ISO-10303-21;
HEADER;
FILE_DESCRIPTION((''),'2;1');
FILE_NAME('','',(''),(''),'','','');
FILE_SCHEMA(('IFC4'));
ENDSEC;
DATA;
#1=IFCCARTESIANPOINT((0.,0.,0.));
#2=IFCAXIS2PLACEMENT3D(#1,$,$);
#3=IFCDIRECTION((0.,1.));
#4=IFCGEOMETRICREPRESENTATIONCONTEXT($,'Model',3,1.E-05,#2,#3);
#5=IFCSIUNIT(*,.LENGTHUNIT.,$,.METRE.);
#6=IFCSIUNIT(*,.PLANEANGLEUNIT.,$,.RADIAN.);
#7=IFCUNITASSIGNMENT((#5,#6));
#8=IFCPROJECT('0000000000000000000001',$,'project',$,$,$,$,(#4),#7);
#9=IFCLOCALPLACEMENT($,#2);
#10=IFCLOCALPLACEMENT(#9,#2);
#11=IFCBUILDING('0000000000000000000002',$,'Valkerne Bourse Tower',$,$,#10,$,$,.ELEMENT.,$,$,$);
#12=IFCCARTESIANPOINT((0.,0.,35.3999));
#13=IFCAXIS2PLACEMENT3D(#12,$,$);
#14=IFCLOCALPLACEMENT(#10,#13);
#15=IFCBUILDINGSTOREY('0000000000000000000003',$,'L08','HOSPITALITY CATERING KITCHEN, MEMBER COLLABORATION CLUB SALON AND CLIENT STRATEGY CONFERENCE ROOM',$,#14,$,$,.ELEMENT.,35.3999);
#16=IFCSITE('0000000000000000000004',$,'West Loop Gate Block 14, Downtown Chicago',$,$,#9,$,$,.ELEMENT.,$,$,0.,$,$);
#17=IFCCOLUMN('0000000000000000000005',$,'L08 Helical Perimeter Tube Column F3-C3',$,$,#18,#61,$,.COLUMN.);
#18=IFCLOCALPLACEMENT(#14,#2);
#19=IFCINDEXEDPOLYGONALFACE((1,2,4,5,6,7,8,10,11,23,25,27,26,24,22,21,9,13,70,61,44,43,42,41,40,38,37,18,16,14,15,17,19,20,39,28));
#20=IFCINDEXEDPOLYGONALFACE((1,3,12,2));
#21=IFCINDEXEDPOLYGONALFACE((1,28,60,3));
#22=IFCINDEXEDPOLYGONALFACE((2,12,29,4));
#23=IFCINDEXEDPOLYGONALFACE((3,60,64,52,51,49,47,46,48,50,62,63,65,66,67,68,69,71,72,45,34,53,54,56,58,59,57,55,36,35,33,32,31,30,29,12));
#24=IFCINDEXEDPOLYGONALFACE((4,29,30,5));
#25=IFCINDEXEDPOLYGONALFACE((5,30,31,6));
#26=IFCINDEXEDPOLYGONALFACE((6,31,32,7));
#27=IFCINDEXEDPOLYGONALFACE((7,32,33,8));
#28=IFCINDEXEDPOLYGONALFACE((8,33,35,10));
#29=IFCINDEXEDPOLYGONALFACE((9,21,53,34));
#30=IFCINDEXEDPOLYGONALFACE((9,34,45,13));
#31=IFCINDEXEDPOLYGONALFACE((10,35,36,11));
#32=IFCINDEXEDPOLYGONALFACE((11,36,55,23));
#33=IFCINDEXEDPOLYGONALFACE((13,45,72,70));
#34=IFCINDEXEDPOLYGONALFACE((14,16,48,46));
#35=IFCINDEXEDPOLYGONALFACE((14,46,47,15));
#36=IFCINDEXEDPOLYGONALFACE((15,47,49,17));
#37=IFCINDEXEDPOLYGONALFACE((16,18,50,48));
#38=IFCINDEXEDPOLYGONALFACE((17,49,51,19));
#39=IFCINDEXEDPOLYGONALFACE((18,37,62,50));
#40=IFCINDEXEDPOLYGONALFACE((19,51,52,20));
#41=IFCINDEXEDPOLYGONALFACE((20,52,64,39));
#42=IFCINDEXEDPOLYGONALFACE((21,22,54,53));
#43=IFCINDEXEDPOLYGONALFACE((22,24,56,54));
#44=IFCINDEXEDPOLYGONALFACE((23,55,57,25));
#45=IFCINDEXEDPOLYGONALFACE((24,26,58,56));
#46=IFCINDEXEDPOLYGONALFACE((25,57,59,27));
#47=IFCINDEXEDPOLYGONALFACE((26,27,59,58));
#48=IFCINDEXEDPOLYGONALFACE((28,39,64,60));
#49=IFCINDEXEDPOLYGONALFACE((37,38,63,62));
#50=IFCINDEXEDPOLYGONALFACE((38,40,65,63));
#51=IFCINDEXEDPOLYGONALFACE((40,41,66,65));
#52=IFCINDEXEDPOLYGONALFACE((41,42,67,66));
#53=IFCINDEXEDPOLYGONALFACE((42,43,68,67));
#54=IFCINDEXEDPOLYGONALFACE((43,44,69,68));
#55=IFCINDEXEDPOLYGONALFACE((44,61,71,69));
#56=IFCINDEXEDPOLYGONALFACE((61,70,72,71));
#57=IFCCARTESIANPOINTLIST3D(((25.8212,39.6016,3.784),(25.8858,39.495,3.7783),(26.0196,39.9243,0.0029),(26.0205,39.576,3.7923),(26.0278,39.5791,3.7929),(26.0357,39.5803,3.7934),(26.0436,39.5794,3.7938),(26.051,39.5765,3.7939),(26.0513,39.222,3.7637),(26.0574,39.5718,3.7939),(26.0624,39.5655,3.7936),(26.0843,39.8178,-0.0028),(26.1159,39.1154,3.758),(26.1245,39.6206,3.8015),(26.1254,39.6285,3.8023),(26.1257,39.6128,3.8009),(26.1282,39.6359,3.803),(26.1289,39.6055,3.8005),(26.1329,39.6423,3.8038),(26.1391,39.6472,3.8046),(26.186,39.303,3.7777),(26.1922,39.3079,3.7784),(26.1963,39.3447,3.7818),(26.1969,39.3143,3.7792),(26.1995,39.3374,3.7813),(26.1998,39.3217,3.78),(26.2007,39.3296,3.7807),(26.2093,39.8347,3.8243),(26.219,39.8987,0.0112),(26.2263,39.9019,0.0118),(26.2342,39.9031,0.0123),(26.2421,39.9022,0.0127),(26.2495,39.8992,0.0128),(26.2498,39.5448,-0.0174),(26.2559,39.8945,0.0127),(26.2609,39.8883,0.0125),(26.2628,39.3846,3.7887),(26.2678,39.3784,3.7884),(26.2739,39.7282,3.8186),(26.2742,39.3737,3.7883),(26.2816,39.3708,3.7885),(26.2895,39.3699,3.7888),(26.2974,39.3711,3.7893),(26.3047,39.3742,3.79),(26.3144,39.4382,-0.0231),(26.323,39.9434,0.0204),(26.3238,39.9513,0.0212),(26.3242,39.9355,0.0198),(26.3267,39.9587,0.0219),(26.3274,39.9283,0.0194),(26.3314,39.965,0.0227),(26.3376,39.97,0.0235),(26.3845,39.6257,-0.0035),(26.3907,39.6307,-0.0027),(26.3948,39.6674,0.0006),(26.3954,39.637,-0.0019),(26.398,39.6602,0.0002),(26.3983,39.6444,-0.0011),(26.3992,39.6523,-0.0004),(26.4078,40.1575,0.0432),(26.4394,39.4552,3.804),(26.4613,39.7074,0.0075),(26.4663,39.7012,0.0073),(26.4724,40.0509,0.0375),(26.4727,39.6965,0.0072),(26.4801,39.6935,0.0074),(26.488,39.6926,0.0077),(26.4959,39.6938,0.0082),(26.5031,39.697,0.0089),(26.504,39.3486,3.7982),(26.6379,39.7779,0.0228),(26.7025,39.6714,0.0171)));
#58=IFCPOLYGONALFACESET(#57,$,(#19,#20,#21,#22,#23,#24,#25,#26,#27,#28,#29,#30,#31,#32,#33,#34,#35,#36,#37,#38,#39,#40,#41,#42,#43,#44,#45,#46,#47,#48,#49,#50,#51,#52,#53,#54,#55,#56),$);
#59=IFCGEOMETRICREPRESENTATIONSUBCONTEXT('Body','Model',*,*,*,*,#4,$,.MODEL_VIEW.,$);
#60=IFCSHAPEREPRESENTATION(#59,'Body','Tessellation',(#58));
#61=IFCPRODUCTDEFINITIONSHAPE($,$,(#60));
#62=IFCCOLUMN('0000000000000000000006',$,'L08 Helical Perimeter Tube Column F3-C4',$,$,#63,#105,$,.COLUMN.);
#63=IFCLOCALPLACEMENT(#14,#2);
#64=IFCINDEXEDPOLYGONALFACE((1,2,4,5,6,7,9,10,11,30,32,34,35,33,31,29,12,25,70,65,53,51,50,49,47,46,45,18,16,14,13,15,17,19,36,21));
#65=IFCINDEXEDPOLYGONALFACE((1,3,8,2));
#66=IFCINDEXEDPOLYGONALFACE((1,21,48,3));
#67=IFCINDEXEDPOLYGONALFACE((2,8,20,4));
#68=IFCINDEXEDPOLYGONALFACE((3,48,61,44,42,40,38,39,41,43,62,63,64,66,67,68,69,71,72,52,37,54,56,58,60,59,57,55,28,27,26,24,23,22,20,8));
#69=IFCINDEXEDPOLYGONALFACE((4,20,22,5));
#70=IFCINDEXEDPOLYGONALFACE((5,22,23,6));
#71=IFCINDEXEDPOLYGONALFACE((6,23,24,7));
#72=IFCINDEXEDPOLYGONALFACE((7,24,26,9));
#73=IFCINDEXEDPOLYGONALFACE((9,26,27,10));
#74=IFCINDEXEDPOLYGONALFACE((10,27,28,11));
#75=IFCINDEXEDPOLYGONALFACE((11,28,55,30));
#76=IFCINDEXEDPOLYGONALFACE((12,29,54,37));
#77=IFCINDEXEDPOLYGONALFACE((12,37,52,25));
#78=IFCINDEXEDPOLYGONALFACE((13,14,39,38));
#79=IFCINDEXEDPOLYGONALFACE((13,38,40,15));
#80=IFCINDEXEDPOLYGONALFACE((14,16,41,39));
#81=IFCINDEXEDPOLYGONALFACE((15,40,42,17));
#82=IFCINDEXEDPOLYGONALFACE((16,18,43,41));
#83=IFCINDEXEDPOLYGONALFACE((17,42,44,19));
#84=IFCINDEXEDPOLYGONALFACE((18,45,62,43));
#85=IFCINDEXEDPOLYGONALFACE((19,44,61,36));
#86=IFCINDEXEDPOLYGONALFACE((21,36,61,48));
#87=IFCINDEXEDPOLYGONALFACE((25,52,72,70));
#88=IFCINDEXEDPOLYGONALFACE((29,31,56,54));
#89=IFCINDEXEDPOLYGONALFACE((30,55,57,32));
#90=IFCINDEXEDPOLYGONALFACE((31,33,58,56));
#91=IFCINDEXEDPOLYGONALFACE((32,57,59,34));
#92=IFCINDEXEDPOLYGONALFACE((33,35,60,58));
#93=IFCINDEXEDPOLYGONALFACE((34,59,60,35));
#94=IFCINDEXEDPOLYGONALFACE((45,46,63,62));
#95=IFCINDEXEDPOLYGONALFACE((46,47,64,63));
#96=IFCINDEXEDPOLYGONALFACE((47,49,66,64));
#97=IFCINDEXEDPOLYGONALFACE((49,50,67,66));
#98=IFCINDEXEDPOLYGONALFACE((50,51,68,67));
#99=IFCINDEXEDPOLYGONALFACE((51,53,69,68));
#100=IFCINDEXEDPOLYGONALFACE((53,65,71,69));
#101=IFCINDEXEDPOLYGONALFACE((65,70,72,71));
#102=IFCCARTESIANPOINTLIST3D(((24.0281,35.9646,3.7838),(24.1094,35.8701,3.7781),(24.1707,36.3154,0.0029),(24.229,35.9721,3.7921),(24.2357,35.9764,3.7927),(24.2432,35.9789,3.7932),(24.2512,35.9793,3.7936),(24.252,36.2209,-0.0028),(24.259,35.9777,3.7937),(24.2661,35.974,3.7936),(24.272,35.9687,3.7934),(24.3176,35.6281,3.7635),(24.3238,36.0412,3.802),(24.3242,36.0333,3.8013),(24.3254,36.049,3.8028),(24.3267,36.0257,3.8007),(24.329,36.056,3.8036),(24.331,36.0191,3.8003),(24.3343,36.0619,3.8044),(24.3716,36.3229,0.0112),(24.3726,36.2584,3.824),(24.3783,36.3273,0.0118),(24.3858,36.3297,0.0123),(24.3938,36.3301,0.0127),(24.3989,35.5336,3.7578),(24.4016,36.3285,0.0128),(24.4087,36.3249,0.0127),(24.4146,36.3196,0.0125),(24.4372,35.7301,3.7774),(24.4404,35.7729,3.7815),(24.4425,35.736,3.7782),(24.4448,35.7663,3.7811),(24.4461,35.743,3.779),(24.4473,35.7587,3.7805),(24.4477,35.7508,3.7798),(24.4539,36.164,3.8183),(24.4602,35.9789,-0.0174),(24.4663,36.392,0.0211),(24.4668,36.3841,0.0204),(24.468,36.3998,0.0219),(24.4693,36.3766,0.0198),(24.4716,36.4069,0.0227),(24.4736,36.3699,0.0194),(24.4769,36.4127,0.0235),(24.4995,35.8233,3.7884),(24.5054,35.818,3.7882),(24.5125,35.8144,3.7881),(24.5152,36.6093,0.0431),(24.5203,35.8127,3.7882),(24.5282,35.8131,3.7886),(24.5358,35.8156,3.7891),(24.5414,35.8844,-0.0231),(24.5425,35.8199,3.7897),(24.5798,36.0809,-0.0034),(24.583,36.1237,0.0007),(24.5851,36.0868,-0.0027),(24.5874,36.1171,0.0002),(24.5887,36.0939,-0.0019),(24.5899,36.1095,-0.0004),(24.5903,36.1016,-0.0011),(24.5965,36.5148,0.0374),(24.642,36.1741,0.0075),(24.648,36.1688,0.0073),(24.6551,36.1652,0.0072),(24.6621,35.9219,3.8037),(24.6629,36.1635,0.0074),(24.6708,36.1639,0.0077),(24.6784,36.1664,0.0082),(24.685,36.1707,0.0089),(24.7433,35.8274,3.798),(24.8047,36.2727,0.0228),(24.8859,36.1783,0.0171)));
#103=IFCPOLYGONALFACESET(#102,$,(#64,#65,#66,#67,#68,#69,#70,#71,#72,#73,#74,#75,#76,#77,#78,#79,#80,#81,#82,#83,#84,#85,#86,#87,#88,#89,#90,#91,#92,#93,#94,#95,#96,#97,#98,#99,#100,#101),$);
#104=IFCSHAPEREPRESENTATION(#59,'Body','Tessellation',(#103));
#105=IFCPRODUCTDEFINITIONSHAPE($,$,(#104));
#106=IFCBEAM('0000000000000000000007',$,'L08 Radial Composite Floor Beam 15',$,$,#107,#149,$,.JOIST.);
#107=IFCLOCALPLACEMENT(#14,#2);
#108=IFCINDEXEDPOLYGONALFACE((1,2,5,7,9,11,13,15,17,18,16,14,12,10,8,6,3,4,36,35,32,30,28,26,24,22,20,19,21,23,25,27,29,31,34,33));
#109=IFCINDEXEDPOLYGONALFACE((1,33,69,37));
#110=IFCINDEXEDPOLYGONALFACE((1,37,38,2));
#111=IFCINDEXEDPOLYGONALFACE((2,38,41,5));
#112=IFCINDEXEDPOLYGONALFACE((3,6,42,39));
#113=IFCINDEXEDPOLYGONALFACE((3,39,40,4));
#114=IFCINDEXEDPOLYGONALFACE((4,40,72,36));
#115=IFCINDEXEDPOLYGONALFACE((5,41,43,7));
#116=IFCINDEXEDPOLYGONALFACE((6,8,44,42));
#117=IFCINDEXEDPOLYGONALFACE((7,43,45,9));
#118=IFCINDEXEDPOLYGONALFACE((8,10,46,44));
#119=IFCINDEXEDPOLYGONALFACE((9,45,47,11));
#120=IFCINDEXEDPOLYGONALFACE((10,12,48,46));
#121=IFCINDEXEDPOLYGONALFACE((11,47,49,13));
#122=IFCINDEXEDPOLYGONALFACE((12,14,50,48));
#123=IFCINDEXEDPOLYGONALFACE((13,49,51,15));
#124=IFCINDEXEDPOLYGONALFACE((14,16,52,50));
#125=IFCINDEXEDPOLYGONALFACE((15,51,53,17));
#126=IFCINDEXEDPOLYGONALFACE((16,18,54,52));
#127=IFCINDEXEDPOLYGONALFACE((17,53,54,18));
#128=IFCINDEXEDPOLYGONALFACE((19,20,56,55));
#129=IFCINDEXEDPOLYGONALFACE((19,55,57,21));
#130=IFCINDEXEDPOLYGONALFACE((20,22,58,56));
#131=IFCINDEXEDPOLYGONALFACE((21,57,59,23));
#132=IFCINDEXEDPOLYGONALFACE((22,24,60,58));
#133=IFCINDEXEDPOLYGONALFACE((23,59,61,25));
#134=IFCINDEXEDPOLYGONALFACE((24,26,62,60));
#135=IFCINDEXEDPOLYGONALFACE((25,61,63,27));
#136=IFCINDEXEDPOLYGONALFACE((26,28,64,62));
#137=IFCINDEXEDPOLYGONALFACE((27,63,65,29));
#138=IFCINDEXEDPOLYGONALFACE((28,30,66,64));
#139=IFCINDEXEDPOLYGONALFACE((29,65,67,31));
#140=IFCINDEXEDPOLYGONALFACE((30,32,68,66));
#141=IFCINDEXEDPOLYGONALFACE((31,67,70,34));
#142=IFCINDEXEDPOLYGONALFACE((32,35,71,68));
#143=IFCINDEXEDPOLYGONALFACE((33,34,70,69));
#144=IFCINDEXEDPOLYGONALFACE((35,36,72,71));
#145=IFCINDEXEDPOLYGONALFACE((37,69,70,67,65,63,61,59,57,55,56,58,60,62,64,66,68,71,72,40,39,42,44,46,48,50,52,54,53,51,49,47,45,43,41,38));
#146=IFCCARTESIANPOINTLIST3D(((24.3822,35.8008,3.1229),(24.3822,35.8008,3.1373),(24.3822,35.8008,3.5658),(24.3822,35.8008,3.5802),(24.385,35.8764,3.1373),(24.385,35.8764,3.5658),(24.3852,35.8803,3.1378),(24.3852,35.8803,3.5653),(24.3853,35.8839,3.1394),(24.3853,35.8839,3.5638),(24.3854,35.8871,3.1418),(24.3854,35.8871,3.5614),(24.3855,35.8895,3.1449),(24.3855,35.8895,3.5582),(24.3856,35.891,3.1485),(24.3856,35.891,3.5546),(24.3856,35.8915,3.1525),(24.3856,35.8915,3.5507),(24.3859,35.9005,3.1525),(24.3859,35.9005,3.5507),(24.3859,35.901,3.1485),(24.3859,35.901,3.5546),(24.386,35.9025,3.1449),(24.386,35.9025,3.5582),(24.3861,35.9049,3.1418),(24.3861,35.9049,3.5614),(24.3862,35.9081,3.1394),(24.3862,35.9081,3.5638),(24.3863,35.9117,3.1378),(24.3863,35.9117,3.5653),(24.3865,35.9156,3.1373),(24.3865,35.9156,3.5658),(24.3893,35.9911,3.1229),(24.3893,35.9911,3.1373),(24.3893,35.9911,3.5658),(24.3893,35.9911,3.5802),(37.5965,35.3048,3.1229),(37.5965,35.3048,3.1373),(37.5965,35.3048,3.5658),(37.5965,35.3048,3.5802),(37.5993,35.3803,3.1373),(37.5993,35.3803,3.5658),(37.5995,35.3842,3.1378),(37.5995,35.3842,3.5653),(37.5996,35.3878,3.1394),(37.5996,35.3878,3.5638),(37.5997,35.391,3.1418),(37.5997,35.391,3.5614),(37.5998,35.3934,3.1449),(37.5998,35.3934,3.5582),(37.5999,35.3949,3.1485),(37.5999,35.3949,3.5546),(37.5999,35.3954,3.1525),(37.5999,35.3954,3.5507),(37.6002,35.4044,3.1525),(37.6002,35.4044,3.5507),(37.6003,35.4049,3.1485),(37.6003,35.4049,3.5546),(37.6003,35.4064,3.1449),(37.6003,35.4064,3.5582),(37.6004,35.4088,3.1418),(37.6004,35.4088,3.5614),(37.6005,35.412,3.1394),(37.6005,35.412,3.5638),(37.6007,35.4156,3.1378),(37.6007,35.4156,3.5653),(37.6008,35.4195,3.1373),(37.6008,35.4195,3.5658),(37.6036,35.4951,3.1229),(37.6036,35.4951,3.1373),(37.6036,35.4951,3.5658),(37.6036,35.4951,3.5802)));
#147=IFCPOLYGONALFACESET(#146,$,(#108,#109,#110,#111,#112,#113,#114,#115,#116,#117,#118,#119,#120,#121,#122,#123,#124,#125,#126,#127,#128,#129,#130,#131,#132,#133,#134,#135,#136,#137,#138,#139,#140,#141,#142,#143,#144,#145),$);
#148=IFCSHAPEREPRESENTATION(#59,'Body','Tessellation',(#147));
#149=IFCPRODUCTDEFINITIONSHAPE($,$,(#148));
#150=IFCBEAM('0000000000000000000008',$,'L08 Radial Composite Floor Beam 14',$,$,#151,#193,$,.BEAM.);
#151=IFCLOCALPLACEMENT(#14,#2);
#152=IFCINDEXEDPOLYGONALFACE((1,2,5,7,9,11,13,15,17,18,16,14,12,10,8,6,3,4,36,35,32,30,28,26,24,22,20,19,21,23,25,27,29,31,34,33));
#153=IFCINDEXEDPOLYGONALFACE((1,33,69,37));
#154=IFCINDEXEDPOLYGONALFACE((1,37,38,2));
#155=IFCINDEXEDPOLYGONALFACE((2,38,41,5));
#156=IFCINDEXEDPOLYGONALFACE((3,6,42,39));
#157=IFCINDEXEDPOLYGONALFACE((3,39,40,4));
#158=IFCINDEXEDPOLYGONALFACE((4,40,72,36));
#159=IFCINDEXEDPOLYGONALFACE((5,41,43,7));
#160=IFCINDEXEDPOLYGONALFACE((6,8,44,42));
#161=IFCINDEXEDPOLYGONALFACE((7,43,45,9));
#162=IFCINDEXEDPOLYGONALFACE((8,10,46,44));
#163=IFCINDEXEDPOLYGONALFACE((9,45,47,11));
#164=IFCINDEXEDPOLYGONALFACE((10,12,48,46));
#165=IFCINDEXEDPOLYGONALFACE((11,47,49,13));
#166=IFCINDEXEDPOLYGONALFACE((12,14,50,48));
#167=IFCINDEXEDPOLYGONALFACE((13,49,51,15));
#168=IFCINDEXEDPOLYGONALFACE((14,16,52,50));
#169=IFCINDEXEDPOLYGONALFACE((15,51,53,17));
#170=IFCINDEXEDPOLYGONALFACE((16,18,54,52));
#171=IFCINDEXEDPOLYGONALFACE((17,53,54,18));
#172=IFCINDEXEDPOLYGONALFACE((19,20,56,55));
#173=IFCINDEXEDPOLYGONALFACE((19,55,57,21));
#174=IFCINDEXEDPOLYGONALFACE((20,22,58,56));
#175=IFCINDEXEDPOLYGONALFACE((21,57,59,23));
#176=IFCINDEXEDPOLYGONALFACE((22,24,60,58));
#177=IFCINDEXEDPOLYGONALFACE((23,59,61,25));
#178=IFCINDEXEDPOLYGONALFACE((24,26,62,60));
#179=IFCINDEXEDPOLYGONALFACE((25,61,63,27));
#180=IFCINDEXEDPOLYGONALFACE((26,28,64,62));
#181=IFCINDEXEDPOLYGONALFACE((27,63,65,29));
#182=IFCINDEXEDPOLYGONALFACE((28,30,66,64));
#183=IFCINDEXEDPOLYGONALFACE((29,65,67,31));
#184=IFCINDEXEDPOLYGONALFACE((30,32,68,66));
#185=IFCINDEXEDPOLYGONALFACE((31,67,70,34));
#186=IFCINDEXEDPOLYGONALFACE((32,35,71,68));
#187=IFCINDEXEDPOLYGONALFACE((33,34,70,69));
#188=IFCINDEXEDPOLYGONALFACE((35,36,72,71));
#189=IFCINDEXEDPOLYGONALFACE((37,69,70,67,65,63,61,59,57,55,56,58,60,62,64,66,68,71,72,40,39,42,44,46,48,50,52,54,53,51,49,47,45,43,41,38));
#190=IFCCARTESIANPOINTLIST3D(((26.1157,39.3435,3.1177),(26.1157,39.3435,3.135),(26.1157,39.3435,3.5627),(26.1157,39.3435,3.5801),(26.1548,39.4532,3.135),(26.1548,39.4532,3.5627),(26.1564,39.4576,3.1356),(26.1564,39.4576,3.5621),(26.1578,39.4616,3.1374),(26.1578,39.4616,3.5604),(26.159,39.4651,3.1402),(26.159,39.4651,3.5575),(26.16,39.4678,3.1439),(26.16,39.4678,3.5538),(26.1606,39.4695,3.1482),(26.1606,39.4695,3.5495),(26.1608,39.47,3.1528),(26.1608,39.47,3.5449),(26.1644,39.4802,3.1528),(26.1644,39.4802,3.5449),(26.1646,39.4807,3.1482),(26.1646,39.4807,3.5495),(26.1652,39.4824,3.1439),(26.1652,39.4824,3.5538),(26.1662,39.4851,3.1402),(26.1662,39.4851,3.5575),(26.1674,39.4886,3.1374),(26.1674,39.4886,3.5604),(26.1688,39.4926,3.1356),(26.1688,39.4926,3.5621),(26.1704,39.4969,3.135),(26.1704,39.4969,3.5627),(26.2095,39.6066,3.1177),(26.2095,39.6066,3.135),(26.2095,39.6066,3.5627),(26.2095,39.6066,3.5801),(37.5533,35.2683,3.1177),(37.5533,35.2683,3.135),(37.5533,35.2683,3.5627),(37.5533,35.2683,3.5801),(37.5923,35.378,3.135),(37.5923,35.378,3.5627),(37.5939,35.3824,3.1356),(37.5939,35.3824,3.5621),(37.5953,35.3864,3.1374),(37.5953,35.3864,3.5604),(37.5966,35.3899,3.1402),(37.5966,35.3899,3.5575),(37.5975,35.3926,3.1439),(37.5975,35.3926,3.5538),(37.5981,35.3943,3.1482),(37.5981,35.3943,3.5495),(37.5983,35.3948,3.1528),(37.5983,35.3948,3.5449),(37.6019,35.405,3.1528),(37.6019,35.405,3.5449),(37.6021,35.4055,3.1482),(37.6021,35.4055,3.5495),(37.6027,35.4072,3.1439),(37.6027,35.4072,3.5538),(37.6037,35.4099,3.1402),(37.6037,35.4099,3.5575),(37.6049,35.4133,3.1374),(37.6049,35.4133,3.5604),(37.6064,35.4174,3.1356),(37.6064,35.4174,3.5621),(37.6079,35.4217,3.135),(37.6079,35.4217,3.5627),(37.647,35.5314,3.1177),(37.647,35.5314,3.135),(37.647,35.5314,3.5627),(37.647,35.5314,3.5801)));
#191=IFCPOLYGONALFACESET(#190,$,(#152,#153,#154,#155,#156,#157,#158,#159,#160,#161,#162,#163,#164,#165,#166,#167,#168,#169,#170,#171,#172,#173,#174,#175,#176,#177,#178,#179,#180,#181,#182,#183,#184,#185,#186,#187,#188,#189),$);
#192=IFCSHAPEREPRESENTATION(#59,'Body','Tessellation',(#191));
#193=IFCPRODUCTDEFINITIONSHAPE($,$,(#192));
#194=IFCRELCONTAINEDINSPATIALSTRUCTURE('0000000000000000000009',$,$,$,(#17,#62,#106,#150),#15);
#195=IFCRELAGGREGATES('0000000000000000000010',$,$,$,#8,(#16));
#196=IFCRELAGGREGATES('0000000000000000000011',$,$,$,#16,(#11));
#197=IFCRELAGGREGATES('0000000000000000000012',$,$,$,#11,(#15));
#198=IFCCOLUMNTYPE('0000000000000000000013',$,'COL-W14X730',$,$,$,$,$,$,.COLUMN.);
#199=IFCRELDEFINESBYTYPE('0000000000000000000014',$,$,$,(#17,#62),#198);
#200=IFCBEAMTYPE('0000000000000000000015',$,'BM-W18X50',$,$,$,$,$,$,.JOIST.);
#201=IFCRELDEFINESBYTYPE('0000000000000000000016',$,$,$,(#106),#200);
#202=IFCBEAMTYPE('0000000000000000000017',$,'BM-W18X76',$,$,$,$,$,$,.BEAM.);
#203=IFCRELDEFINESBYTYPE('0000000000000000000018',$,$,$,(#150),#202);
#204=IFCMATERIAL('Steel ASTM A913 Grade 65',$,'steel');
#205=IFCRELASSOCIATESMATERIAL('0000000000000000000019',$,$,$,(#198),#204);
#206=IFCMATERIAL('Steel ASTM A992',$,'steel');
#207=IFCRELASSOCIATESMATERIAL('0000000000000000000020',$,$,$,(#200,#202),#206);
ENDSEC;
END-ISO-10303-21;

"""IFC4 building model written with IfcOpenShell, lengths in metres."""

from ifc_helpers import new_model, si_unit, direction, frame, origin, origin_2d, place, context, subcontext, project, spatial, i_section, extrude, material, material_profile, profile_set, type_object, element, save


model = new_model("IFC4")

# Units and contexts
model_context = context("Model", 3, precision=1e-05, world=origin(), true_north=direction((0.0, 1.0)))
body_context = subcontext(model_context, "Body", "Model", "MODEL_VIEW")
ifc_project = project(units=[si_unit("LENGTHUNIT", "METRE"), si_unit("PLANEANGLEUNIT", "RADIAN")], contexts=[model_context])

# Site, building, storey
site_placement = place(None, origin())
site = spatial("IfcSite", under=ifc_project, at=site_placement, Name="West Loop Gate Block 14, Downtown Chicago", CompositionType="ELEMENT", RefElevation=0.0)
building_placement = place(site_placement, origin())
building = spatial("IfcBuilding", under=site, at=building_placement, Name="Valkerne Bourse Tower", CompositionType="ELEMENT")
storey_placement = place(building_placement, frame((0.0, 0.0, 35.3999)))
storey = spatial("IfcBuildingStorey", under=building, at=storey_placement, Name="L08", Description="HOSPITALITY CATERING KITCHEN, MEMBER COLLABORATION CLUB SALON AND CLIENT STRATEGY CONFERENCE ROOM", CompositionType="ELEMENT", Elevation=35.3999)

# Columns
ifc_material_1 = material(Name="Steel ASTM A913 Grade 65", Category="steel")
ifc_material_profile_1 = material_profile(ifc_material_1, i_section(OverallWidth=0.4546, OverallDepth=0.5691, WebThickness=0.0779, FlangeThickness=0.1248, FilletRadius=0.0305, at=origin_2d()), Name="W14X730")
ifc_profile_set_1 = profile_set([ifc_material_profile_1], Name="Steel ASTM A913 Grade 65")
column_type = type_object("IfcColumnType", Name="COL-W14X730", PredefinedType="COLUMN", material=ifc_profile_set_1)
column_1_placement = place(storey_placement, frame((26.3611, 39.7979, 0.01), z_axis=(-0.052234, -0.084936, 0.995016), x_axis=(-0.853862, -0.512902, -0.088606)))
element("IfcColumn", 1, at=column_1_placement, inside=storey, type_object=column_type, Name="L08 Helical Perimeter Tube Column F3-C3", PredefinedType="COLUMN", context=body_context, shape_type="SweptSolid", body=[
    extrude(i_section(OverallWidth=0.4546, OverallDepth=0.5691, WebThickness=0.0779, FlangeThickness=0.1248, FilletRadius=0.0305, at=origin_2d()), origin(), (0.0, 0.0, 1.0), 3.8),
])
column_2_placement = place(storey_placement, frame((24.5283, 36.2468, 0.01), z_axis=(-0.037521, -0.092326, 0.995022), x_axis=(-0.757798, -0.646451, -0.088558)))
element("IfcColumn", 2, at=column_2_placement, inside=storey, type_object=column_type, Name="L08 Helical Perimeter Tube Column F3-C4", PredefinedType="COLUMN", context=body_context, shape_type="SweptSolid", body=[
    extrude(i_section(OverallWidth=0.4546, OverallDepth=0.5691, WebThickness=0.0779, FlangeThickness=0.1248, FilletRadius=0.0305, at=origin_2d()), origin(), (0.0, 0.0, 1.0), 3.7998),
])

# Beams
ifc_material_2 = material(Name="Steel ASTM A992", Category="steel")
ifc_material_profile_2 = material_profile(ifc_material_2, i_section(OverallWidth=0.1904, OverallDepth=0.4573, WebThickness=0.009, FlangeThickness=0.0144, FilletRadius=0.0151, at=origin_2d()), Name="W18X50")
ifc_profile_set_2 = profile_set([ifc_material_profile_2], Name="Steel ASTM A992")
beam_type_1 = type_object("IfcBeamType", Name="BM-W18X50", PredefinedType="JOIST", material=ifc_profile_set_2)
beam_1_placement = place(storey_placement, frame((24.3857, 35.896, 3.3516), z_axis=(0.999296, -0.037516, 0.0), x_axis=(0.037516, 0.999296, 0.0)))
element("IfcBeam", 3, at=beam_1_placement, inside=storey, type_object=beam_type_1, Name="L08 Radial Composite Floor Beam 15", PredefinedType="JOIST", context=body_context, shape_type="SweptSolid", body=[
    extrude(i_section(OverallWidth=0.1904, OverallDepth=0.4573, WebThickness=0.009, FlangeThickness=0.0144, FilletRadius=0.0151, at=origin_2d()), origin(), (0.0, 0.0, 1.0), 13.2236),
])
ifc_material_profile_3 = material_profile(ifc_material_2, i_section(OverallWidth=0.2793, OverallDepth=0.4624, WebThickness=0.0107, FlangeThickness=0.0173, FilletRadius=0.0178, at=origin_2d()), Name="W18X76")
ifc_profile_set_3 = profile_set([ifc_material_profile_3], Name="Steel ASTM A992")
beam_type_2 = type_object("IfcBeamType", Name="BM-W18X76", PredefinedType="BEAM", material=ifc_profile_set_3)
beam_2_placement = place(storey_placement, frame((26.1626, 39.4751, 3.3489), z_axis=(0.941993, -0.335633, 0.0), x_axis=(0.335633, 0.941993, 0.0)))
element("IfcBeam", 4, at=beam_2_placement, inside=storey, type_object=beam_type_2, Name="L08 Radial Composite Floor Beam 14", PredefinedType="BEAM", context=body_context, shape_type="SweptSolid", body=[
    extrude(i_section(OverallWidth=0.2793, OverallDepth=0.4624, WebThickness=0.0107, FlangeThickness=0.0173, FilletRadius=0.0178, at=origin_2d()), origin(), (0.0, 0.0, 1.0), 12.1418),
])

save(model, "model.ifc")
